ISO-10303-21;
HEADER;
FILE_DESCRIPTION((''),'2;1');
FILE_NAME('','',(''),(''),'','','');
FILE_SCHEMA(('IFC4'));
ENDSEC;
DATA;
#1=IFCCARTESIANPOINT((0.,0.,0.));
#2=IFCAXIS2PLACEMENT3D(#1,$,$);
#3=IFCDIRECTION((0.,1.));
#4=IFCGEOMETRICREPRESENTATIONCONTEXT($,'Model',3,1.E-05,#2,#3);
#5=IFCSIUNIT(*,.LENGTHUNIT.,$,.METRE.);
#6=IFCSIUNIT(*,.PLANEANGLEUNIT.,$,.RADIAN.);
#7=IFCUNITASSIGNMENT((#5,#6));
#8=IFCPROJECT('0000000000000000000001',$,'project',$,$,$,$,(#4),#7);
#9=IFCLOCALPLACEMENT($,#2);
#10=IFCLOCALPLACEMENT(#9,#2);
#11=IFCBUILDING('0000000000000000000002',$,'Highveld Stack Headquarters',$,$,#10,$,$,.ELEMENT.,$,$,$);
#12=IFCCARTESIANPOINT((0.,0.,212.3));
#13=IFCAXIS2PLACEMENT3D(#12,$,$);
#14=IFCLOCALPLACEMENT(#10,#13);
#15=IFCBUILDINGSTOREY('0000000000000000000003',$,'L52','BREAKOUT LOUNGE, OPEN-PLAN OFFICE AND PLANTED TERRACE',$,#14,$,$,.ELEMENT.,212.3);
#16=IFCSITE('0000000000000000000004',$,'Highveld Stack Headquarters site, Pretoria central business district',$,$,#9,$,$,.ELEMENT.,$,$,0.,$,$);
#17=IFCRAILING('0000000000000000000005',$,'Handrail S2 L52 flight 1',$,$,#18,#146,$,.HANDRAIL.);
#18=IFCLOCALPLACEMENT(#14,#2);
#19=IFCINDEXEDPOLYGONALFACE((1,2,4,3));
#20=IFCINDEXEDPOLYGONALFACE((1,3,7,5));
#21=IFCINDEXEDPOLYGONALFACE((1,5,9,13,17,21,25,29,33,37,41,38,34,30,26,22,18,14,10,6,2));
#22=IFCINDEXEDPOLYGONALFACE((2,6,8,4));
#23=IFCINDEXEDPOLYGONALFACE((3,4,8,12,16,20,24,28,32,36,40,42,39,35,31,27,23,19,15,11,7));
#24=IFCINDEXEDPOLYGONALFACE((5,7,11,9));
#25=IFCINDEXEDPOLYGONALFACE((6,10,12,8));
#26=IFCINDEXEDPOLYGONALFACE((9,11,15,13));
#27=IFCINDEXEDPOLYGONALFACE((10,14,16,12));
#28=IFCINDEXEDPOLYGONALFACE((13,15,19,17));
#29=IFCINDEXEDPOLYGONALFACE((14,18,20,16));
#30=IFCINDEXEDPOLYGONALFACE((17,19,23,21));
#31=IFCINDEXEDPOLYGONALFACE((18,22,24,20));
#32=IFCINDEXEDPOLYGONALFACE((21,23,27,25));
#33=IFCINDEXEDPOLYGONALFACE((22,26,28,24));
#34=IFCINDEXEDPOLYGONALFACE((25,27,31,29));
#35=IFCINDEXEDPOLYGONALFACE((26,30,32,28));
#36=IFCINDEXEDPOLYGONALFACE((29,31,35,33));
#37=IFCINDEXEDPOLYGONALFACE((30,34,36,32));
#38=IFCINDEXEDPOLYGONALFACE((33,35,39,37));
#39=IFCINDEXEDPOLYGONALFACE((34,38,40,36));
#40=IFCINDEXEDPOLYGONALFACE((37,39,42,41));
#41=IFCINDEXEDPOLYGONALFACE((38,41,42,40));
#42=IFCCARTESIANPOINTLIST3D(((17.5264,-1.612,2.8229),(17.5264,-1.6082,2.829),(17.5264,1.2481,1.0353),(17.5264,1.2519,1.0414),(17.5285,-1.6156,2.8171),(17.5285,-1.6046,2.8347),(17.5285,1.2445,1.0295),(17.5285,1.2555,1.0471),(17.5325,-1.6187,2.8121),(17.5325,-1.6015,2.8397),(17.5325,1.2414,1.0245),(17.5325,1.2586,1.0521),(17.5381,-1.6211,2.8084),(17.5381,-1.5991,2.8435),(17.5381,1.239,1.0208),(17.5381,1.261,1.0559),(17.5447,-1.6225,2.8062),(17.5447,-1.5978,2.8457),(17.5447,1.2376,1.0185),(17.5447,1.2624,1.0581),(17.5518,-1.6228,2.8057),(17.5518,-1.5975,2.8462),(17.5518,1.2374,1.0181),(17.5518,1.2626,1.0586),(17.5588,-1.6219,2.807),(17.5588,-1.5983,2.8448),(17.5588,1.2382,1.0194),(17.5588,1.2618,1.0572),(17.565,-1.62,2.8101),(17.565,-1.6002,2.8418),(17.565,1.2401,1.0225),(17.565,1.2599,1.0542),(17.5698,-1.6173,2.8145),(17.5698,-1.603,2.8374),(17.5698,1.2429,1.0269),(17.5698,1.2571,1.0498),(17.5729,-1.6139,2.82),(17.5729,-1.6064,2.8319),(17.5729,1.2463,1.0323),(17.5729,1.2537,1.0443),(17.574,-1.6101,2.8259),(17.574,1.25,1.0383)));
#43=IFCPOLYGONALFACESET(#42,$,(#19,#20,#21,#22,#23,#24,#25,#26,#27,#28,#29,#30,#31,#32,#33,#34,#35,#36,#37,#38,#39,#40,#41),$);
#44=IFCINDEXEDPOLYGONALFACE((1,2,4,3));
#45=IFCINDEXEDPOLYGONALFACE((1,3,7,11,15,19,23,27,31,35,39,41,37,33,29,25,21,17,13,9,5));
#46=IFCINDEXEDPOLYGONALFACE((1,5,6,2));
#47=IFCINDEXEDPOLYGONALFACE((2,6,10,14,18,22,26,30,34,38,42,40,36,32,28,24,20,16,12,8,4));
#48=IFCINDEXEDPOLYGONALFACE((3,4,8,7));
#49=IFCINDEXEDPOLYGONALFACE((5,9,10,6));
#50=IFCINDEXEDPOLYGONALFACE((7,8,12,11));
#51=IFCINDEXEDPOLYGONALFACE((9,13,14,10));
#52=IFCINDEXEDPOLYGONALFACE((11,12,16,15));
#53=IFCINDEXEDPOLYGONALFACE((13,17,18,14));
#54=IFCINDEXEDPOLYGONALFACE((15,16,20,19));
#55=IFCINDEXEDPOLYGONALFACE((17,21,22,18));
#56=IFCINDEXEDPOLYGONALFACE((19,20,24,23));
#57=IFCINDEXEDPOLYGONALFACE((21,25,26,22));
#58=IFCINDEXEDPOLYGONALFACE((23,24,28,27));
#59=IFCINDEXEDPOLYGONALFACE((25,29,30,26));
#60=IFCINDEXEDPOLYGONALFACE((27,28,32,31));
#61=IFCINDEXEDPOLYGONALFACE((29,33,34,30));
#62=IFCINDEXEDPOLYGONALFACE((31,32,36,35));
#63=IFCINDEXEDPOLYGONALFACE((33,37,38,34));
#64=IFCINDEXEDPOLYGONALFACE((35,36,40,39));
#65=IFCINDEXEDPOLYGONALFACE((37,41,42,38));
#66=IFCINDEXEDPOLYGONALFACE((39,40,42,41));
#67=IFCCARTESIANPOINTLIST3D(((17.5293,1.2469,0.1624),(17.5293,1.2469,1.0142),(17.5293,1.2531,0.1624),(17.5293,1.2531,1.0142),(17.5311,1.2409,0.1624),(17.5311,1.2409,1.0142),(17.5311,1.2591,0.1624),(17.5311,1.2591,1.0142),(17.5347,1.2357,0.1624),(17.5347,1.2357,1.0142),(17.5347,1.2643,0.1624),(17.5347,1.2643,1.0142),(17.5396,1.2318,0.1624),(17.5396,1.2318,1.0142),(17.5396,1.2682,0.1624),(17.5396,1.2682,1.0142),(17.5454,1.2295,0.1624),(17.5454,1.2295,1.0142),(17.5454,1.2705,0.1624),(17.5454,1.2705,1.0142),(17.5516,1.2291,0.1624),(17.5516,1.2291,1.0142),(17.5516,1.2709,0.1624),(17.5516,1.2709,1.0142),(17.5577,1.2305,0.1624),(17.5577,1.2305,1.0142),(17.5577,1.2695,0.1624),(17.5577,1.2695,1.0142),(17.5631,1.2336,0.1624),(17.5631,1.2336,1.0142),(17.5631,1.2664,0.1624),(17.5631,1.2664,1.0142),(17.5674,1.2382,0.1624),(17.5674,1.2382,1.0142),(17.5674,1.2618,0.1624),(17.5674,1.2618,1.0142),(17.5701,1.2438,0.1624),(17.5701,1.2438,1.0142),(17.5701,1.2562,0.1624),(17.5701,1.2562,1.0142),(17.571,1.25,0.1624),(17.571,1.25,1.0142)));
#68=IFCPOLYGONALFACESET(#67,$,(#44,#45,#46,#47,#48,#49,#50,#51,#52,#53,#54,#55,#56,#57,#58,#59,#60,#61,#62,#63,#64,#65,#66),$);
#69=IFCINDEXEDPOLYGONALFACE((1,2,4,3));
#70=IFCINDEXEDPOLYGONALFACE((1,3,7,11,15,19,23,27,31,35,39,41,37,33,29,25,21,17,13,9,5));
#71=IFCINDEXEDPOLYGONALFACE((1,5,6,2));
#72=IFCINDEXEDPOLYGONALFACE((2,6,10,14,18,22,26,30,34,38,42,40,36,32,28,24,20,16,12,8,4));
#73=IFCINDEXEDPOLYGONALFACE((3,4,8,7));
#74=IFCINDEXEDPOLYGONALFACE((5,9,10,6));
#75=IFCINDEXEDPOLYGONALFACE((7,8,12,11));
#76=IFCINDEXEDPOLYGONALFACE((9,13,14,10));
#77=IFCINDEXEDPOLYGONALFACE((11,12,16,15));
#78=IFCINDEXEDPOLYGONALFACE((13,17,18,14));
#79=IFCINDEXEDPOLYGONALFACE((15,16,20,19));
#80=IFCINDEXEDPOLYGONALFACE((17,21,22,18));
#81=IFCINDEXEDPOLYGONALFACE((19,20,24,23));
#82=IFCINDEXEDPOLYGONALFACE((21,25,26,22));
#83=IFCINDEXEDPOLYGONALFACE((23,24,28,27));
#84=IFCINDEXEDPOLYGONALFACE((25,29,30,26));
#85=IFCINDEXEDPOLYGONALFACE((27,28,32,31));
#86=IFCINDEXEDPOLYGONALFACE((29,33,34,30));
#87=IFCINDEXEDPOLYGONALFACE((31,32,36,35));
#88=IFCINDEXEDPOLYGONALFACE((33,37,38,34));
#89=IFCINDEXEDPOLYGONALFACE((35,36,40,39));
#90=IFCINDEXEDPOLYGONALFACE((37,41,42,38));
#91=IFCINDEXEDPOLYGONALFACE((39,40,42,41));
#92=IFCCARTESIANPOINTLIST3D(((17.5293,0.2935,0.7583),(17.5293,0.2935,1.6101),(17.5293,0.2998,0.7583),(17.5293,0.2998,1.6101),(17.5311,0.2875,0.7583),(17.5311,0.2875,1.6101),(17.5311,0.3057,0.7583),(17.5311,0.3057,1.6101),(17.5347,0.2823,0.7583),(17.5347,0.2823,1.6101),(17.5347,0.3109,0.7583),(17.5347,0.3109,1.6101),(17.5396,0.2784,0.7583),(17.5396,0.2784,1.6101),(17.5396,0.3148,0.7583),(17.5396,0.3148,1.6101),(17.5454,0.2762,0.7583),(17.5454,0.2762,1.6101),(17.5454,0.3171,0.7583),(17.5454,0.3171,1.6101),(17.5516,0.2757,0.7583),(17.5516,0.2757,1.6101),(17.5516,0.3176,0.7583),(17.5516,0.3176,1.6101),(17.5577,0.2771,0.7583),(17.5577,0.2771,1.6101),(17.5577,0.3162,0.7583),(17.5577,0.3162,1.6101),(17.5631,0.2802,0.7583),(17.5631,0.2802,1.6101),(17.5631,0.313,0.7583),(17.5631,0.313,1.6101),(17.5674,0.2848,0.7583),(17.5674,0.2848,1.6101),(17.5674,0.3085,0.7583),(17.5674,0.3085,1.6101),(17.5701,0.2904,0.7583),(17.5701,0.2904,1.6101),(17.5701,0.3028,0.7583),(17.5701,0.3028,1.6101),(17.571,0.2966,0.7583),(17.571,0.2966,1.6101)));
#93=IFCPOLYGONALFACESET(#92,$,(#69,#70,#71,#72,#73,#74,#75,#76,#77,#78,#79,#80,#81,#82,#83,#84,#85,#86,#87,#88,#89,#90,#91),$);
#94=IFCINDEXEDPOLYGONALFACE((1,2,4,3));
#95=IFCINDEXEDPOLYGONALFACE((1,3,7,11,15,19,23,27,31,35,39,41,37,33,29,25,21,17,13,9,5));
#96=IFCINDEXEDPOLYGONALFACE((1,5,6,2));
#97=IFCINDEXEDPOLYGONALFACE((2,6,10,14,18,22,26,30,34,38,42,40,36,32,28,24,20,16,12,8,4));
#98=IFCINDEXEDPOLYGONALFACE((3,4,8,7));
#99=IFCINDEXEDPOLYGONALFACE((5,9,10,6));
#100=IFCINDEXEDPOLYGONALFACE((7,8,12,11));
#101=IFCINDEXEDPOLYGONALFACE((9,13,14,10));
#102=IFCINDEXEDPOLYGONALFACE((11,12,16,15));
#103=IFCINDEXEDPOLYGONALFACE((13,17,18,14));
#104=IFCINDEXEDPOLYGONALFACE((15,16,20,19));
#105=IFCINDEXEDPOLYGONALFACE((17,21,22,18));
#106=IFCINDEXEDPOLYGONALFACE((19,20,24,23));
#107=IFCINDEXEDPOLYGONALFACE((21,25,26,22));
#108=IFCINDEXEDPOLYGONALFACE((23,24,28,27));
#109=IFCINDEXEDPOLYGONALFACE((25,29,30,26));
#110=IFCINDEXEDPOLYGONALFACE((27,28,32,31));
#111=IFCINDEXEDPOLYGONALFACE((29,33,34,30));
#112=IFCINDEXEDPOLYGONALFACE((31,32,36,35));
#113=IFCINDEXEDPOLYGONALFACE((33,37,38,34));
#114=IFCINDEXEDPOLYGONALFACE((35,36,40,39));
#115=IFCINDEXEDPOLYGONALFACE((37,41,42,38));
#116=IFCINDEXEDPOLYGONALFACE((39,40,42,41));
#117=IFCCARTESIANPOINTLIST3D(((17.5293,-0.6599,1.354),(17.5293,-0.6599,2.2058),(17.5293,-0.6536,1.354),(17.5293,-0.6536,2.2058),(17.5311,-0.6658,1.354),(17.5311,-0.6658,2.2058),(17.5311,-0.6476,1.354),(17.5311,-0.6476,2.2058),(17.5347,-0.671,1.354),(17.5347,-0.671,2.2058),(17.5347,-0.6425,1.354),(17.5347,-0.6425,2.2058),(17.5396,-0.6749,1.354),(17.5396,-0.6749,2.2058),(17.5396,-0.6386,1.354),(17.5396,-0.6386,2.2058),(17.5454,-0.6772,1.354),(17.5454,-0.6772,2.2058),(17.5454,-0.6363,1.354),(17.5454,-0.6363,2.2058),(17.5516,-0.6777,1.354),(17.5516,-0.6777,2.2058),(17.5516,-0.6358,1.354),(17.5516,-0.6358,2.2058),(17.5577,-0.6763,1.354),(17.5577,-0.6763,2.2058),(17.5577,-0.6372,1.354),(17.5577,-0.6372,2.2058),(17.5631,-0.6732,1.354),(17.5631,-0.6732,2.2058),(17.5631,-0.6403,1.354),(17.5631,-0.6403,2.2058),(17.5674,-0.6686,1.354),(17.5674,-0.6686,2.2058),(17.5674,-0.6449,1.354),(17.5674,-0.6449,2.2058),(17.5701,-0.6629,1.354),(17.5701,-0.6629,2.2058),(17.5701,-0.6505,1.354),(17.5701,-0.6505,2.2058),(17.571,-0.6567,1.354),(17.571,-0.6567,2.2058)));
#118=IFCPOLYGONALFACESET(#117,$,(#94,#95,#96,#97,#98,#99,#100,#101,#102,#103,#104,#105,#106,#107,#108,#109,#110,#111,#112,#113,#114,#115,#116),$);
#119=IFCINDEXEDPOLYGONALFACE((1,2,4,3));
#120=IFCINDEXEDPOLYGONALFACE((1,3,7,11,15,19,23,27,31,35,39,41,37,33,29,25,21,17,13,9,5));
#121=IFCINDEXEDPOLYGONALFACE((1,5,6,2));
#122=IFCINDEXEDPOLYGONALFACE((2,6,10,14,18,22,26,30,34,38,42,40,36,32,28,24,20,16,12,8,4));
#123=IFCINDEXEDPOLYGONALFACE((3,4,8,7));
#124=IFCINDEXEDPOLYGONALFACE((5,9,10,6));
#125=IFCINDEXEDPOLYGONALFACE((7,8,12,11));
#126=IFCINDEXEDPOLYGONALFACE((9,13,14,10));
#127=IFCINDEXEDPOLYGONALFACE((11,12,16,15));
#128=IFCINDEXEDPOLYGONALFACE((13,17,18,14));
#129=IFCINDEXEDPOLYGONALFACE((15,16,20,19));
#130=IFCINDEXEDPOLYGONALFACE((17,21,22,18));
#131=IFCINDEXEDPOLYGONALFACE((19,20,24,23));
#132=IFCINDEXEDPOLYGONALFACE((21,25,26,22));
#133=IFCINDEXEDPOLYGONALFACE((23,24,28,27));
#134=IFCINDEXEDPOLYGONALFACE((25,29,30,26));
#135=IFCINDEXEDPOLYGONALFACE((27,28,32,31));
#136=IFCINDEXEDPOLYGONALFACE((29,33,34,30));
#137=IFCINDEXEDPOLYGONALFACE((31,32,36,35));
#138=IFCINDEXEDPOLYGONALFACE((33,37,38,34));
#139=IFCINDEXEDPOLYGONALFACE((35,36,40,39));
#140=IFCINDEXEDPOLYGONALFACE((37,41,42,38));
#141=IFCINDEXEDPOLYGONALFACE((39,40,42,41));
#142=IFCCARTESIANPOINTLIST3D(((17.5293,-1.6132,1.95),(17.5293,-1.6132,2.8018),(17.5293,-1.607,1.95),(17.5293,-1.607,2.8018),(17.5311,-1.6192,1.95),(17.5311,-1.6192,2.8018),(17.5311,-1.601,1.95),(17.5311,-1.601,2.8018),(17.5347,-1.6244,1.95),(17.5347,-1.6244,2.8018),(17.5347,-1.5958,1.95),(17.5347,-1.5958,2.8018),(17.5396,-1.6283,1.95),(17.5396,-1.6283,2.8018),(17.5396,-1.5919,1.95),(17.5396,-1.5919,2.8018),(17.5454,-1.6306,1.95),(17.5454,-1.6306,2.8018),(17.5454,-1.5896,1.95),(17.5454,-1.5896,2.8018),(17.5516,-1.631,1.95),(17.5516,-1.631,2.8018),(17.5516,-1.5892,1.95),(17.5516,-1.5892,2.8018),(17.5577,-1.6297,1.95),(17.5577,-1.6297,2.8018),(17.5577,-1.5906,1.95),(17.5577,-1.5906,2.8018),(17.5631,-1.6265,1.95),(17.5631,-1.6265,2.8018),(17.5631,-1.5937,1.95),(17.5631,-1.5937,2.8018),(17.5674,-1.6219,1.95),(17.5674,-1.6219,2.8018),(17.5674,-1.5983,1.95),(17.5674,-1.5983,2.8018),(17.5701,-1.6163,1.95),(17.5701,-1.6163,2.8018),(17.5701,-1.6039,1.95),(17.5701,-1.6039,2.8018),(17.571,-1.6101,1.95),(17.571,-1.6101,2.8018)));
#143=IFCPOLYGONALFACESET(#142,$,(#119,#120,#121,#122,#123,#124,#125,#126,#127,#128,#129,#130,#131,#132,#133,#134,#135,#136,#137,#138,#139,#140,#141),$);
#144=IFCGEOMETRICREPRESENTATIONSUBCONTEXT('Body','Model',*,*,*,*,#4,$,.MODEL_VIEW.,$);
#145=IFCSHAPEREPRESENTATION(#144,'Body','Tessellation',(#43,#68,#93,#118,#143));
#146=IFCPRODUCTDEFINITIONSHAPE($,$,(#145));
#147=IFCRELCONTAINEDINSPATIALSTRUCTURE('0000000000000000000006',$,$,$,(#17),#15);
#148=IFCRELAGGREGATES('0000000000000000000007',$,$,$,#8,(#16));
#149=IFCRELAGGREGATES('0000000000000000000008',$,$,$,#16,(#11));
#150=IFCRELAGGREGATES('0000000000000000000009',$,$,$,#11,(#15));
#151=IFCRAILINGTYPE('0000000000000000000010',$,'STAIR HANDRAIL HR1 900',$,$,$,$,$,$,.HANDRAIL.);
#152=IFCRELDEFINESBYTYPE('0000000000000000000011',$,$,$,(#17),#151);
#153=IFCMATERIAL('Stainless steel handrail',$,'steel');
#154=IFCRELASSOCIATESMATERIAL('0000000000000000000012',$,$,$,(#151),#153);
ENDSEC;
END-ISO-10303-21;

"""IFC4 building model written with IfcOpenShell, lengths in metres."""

from ifc_helpers import new_model, si_unit, direction, frame, origin, origin_2d, place, context, subcontext, project, spatial, circle, extrude, material, type_object, element, save


model = new_model("IFC4")

# Units and contexts
model_context = context("Model", 3, precision=1e-05, world=origin(), true_north=direction((0.0, 1.0)))
body_context = subcontext(model_context, "Body", "Model", "MODEL_VIEW")
ifc_project = project(units=[si_unit("LENGTHUNIT", "METRE"), si_unit("PLANEANGLEUNIT", "RADIAN")], contexts=[model_context])

# Site, building, storey
site_placement = place(None, origin())
site = spatial("IfcSite", under=ifc_project, at=site_placement, Name="Highveld Stack Headquarters site, Pretoria central business district", CompositionType="ELEMENT", RefElevation=0.0)
building_placement = place(site_placement, origin())
building = spatial("IfcBuilding", under=site, at=building_placement, Name="Highveld Stack Headquarters", CompositionType="ELEMENT")
storey_placement = place(building_placement, frame((0.0, 0.0, 212.3)))
storey = spatial("IfcBuildingStorey", under=building, at=storey_placement, Name="L52", Description="BREAKOUT LOUNGE, OPEN-PLAN OFFICE AND PLANTED TERRACE", CompositionType="ELEMENT", Elevation=212.3)

# Railing
ifc_material_1 = material(Name="Stainless steel handrail", Category="steel")
railing_type = type_object("IfcRailingType", Name="STAIR HANDRAIL HR1 900", PredefinedType="HANDRAIL", material=ifc_material_1)
for number, where, name in (
    (1, (17.55, 1.25, 0.1624), "Handrail S2 L52 flight 1"),
):
    element("IfcRailing", number, at=place(storey_placement, frame(where)), inside=storey, type_object=railing_type, Name=name, PredefinedType="HANDRAIL", context=body_context, shape_type="SweptSolid", body=[
        extrude(circle(Radius=0.0239, at=origin_2d()), frame((0.0, 0.0, 0.876), z_axis=(0.0, -0.847994, 0.530005), x_axis=(1.0, 0.0, 0.0)), (0.0, 0.0, 1.0), 3.3728),
        extrude(circle(Radius=0.021, at=origin_2d()), origin(), (0.0, 0.0, 1.0), 0.8518),
        extrude(circle(Radius=0.021, at=origin_2d()), frame((0.0, -0.9534, 0.5959)), (0.0, 0.0, 1.0), 0.8518),
        extrude(circle(Radius=0.021, at=origin_2d()), frame((0.0, -1.9067, 1.1917)), (0.0, 0.0, 1.0), 0.8518),
        extrude(circle(Radius=0.021, at=origin_2d()), frame((0.0, -2.8601, 1.7876)), (0.0, 0.0, 1.0), 0.8518),
    ])

save(model, "model.ifc")
